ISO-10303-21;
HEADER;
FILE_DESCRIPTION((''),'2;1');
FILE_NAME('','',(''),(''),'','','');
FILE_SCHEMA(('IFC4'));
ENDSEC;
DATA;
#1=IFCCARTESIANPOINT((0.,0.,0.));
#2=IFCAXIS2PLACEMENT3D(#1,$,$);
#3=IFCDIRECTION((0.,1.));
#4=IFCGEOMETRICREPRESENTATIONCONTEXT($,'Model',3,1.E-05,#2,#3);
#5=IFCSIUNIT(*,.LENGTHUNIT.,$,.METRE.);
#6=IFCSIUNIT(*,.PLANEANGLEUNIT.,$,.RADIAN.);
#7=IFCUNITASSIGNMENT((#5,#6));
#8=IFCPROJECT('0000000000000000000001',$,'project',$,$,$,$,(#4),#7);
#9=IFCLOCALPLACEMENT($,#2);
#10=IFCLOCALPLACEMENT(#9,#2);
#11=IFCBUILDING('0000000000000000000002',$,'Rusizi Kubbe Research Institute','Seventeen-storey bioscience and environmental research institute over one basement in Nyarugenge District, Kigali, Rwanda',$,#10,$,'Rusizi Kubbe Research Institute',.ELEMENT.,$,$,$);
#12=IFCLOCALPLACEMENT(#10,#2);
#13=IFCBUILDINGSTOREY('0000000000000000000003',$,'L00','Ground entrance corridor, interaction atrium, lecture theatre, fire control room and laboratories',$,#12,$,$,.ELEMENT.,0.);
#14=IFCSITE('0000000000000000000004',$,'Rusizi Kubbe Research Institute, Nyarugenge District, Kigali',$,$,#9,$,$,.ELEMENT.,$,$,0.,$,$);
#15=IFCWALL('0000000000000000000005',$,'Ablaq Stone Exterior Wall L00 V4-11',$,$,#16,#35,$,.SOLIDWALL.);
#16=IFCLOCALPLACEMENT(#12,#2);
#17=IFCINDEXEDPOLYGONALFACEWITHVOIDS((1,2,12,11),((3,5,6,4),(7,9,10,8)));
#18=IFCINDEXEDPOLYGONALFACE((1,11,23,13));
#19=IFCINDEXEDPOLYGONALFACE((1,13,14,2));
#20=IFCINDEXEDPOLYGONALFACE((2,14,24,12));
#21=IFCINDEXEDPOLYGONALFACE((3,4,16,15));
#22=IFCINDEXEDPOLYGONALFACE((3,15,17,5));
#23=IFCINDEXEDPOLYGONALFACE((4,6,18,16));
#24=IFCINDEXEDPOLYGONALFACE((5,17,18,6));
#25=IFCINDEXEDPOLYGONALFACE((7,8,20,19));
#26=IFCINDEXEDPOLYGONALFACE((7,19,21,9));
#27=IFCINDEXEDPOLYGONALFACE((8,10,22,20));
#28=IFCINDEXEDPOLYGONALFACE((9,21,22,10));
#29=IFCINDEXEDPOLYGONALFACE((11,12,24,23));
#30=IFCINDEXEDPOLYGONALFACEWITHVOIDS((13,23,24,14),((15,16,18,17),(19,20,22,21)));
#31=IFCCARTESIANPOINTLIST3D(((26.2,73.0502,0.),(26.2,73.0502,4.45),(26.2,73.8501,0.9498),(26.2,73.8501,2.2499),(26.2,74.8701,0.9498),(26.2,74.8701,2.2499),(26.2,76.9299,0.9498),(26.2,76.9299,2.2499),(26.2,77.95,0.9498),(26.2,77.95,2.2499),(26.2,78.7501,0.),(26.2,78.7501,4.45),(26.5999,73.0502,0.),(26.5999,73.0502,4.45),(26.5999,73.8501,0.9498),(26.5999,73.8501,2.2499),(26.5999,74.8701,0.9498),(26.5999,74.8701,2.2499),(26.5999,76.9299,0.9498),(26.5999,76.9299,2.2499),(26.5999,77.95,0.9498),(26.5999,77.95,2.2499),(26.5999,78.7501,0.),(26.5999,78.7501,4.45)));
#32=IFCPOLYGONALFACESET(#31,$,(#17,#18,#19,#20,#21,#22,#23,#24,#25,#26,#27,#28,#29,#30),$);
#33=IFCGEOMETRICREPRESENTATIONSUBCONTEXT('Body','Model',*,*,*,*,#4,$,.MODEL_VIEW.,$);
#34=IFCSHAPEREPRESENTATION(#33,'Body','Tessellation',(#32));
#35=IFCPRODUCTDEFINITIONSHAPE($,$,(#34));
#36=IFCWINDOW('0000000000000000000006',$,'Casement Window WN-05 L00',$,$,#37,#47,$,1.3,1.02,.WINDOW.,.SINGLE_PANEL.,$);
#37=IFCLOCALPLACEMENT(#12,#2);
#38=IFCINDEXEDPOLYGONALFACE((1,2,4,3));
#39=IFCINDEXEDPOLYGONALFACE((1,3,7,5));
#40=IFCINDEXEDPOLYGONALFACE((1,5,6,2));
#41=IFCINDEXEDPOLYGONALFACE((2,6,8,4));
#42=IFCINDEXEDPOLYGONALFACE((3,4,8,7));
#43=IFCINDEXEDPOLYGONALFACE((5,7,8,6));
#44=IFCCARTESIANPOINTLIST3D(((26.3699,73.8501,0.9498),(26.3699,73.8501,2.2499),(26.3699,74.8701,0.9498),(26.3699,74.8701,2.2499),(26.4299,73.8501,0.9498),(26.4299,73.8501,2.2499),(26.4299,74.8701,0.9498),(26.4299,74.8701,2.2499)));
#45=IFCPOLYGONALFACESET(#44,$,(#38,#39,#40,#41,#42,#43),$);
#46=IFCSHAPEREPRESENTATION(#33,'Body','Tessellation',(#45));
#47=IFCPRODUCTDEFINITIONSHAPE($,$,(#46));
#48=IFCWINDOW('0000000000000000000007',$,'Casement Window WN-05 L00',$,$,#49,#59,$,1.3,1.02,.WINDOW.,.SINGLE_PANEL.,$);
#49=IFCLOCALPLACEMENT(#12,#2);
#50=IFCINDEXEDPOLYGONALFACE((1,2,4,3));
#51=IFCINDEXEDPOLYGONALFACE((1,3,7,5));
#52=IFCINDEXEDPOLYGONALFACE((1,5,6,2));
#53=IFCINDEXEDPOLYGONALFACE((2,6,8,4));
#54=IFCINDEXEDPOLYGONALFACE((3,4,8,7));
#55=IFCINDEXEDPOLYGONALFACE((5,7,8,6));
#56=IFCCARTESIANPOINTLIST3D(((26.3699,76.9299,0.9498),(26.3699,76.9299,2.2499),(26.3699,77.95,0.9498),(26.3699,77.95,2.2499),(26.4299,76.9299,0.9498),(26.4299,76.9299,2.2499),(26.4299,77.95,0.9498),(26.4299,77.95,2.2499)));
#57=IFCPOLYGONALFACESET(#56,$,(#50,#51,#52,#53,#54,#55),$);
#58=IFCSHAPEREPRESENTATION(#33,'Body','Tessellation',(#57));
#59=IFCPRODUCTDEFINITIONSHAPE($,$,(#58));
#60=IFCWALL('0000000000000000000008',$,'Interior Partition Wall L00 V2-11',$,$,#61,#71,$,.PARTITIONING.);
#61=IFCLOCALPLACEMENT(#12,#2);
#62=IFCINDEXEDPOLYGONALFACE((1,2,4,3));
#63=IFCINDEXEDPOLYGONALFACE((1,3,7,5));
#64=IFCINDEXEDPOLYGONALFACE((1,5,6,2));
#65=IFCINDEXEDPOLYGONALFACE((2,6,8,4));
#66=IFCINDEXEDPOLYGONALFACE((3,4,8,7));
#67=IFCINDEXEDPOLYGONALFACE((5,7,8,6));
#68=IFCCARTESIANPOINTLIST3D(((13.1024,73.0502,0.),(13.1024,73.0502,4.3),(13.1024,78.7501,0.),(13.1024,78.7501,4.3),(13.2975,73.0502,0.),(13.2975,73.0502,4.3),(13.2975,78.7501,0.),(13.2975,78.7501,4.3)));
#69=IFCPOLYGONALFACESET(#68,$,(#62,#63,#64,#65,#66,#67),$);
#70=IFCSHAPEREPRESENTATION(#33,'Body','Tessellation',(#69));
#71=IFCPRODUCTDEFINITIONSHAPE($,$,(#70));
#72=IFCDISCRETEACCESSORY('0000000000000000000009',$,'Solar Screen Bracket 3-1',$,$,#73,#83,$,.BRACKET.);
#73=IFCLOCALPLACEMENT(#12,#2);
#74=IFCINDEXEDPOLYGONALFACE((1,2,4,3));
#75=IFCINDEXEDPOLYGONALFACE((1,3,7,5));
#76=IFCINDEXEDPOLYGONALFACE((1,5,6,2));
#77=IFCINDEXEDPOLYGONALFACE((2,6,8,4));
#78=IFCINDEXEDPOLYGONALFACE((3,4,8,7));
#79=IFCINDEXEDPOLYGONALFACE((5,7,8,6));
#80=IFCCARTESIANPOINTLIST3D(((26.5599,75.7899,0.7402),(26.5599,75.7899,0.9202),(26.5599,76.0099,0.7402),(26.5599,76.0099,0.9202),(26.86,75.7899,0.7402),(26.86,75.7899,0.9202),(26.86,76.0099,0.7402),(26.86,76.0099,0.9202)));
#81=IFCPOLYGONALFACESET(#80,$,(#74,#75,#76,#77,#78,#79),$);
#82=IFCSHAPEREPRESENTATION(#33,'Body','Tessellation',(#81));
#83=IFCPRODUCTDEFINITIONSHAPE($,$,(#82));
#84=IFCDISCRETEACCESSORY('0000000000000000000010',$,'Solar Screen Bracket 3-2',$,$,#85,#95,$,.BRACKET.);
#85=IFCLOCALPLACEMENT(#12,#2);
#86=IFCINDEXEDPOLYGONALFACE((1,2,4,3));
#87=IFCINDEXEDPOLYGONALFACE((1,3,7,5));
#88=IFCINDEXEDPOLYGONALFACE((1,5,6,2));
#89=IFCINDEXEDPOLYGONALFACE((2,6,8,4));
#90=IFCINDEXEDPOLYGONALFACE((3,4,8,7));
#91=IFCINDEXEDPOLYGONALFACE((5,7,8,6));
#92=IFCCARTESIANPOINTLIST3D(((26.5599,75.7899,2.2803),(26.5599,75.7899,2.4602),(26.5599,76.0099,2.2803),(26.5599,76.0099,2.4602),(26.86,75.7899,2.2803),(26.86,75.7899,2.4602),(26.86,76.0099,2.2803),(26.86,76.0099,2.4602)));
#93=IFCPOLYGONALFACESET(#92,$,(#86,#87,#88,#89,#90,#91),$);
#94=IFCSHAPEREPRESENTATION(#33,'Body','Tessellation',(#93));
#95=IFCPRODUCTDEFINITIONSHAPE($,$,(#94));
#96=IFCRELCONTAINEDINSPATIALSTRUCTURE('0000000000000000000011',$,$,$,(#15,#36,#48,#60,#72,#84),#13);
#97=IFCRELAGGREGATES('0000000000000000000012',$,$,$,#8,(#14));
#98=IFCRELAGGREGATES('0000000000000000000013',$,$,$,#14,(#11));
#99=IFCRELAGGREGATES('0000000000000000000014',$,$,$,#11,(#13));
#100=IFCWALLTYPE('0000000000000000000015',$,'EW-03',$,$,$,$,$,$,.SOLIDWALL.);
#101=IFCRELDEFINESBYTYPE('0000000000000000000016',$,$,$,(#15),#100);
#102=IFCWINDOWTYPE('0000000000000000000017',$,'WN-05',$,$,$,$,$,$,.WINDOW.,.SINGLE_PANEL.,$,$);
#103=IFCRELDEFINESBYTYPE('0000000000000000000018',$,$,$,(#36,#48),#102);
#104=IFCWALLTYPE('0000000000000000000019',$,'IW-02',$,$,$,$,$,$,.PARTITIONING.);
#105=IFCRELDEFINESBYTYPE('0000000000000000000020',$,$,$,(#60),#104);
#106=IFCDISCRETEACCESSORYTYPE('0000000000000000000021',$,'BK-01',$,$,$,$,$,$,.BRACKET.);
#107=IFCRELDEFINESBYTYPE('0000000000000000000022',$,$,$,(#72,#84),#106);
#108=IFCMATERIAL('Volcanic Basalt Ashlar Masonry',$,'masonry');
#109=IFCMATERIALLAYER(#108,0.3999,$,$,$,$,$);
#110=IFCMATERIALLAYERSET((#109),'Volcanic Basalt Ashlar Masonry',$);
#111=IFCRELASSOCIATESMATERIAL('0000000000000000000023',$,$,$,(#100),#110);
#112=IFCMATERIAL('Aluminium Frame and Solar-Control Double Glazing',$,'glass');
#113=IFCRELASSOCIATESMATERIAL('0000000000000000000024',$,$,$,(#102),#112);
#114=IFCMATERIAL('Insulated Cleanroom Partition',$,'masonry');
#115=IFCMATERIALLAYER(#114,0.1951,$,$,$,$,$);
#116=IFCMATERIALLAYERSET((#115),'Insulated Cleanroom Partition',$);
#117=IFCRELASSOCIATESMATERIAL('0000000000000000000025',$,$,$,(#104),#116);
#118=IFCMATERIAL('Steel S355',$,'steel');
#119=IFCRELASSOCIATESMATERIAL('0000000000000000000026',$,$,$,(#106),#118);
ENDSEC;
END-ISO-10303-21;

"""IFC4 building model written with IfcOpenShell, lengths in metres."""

from ifc_helpers import new_model, si_unit, direction, frame, frame_2d, origin, origin_2d, place, context, subcontext, project, spatial, rectangle, extrude, material, layer, layer_set, type_object, element, fill, save


model = new_model("IFC4")

# Units and contexts
model_context = context("Model", 3, precision=1e-05, world=origin(), true_north=direction((0.0, 1.0)))
body_context = subcontext(model_context, "Body", "Model", "MODEL_VIEW")
ifc_project = project(units=[si_unit("LENGTHUNIT", "METRE"), si_unit("PLANEANGLEUNIT", "RADIAN")], contexts=[model_context])

# Site, building, storey
site_placement = place(None, origin())
site = spatial("IfcSite", under=ifc_project, at=site_placement, Name="Rusizi Kubbe Research Institute, Nyarugenge District, Kigali", CompositionType="ELEMENT", RefElevation=0.0)
building_placement = place(site_placement, origin())
building = spatial("IfcBuilding", under=site, at=building_placement, Name="Rusizi Kubbe Research Institute", Description="Seventeen-storey bioscience and environmental research institute over one basement in Nyarugenge District, Kigali, Rwanda", LongName="Rusizi Kubbe Research Institute", CompositionType="ELEMENT")
storey_placement = place(building_placement, origin())
storey = spatial("IfcBuildingStorey", under=building, at=storey_placement, Name="L00", Description="Ground entrance corridor, interaction atrium, lecture theatre, fire control room and laboratories", CompositionType="ELEMENT", Elevation=0.0)

# Wall, openings, windows
ifc_material_1 = material(Name="Volcanic Basalt Ashlar Masonry", Category="masonry")
ifc_layer_1 = layer(ifc_material_1, 0.3999)
ifc_layer_set_1 = layer_set([ifc_layer_1], Name="Volcanic Basalt Ashlar Masonry")
wall_type_1 = type_object("IfcWallType", Name="EW-03", PredefinedType="SOLIDWALL", material=ifc_layer_set_1)
wall_1_placement = place(storey_placement, frame((26.3999, 73.05, 0.0), z_axis=(0.0, 0.0, 1.0), x_axis=(0.0, 1.0, 0.0)))
wall_1 = element("IfcWall", 1, at=wall_1_placement, inside=storey, type_object=wall_type_1, Name="Ablaq Stone Exterior Wall L00 V4-11", PredefinedType="SOLIDWALL", context=body_context, shape_type="SweptSolid", body=[
    extrude(rectangle(XDim=5.7, YDim=0.3999, at=frame_2d((2.8501, 0.0))), origin(), (0.0, 0.0, 1.0), 4.45),
])
opening_1_placement = place(wall_1_placement, frame((0.8, 0.0, 0.95)))
opening_1 = element("IfcOpeningElement", 2, at=opening_1_placement, cuts=wall_1, PredefinedType="OPENING", context=body_context, shape_type="SweptSolid", body=[
    extrude(rectangle(XDim=1.02, YDim=1.3, at=frame_2d((0.51, 0.6499))), frame((0.0, 0.21, 0.0), z_axis=(0.0, -1.0, 0.0), x_axis=(1.0, 0.0, 0.0)), (0.0, 0.0, 1.0), 0.4199),
])
opening_2_placement = place(wall_1_placement, frame((3.8799, 0.0, 0.95)))
opening_2 = element("IfcOpeningElement", 3, at=opening_2_placement, cuts=wall_1, PredefinedType="OPENING", context=body_context, shape_type="SweptSolid", body=[
    extrude(rectangle(XDim=1.02, YDim=1.3, at=frame_2d((0.51, 0.6499))), frame((0.0, 0.21, 0.0), z_axis=(0.0, -1.0, 0.0), x_axis=(1.0, 0.0, 0.0)), (0.0, 0.0, 1.0), 0.4199),
])
ifc_material_2 = material(Name="Aluminium Frame and Solar-Control Double Glazing", Category="glass")
window_type = type_object("IfcWindowType", Name="WN-05", PartitioningType="SINGLE_PANEL", PredefinedType="WINDOW", material=ifc_material_2)
window_1_placement = place(opening_1_placement, origin())
window_1 = element("IfcWindow", 4, at=window_1_placement, inside=storey, type_object=window_type, Name="Casement Window WN-05 L00", OverallHeight=1.3, OverallWidth=1.02, PartitioningType="SINGLE_PANEL", PredefinedType="WINDOW", context=body_context, shape_type="SweptSolid", body=[
    extrude(rectangle(XDim=1.02, YDim=1.3, at=frame_2d((0.51, 0.6499))), frame((0.0, 0.03, 0.0), z_axis=(0.0, -1.0, 0.0), x_axis=(1.0, 0.0, 0.0)), (0.0, 0.0, 1.0), 0.0601),
])
fill(opening_1, window_1)
window_2_placement = place(opening_2_placement, origin())
window_2 = element("IfcWindow", 5, at=window_2_placement, inside=storey, type_object=window_type, Name="Casement Window WN-05 L00", OverallHeight=1.3, OverallWidth=1.02, PartitioningType="SINGLE_PANEL", PredefinedType="WINDOW", context=body_context, shape_type="SweptSolid", body=[
    extrude(rectangle(XDim=1.02, YDim=1.3, at=frame_2d((0.51, 0.6499))), frame((0.0, 0.03, 0.0), z_axis=(0.0, -1.0, 0.0), x_axis=(1.0, 0.0, 0.0)), (0.0, 0.0, 1.0), 0.0601),
])
fill(opening_2, window_2)

# Wall
ifc_material_3 = material(Name="Insulated Cleanroom Partition", Category="masonry")
ifc_layer_2 = layer(ifc_material_3, 0.1951)
ifc_layer_set_2 = layer_set([ifc_layer_2], Name="Insulated Cleanroom Partition")
wall_type_2 = type_object("IfcWallType", Name="IW-02", PredefinedType="PARTITIONING", material=ifc_layer_set_2)
wall_2_placement = place(storey_placement, frame((13.2, 73.05, 0.0), z_axis=(0.0, 0.0, 1.0), x_axis=(0.0, 1.0, 0.0)))
element("IfcWall", 6, at=wall_2_placement, inside=storey, type_object=wall_type_2, Name="Interior Partition Wall L00 V2-11", PredefinedType="PARTITIONING", context=body_context, shape_type="SweptSolid", body=[
    extrude(rectangle(XDim=5.7, YDim=0.1951, at=frame_2d((2.8501, 0.0))), origin(), (0.0, 0.0, 1.0), 4.3),
])

# Discrete accessories
ifc_material_4 = material(Name="Steel S355", Category="steel")
discrete_accessory_type = type_object("IfcDiscreteAccessoryType", Name="BK-01", PredefinedType="BRACKET", material=ifc_material_4)
for number, where, z_axis, x_axis, name in (
    (7, (26.71, 75.8999, 0.7402), (0.0, 0.0, 1.0), (1.0, 0.0, 0.0), "Solar Screen Bracket 3-1"),
    (8, (26.71, 75.8999, 2.2803), (0.0, 0.0, 1.0), (1.0, 0.0, 0.0), "Solar Screen Bracket 3-2"),
):
    element("IfcDiscreteAccessory", number, at=place(storey_placement, frame(where, z_axis=z_axis, x_axis=x_axis)), inside=storey, type_object=discrete_accessory_type, Name=name, PredefinedType="BRACKET", context=body_context, shape_type="SweptSolid", body=[
        extrude(rectangle(XDim=0.3, YDim=0.22, at=origin_2d()), origin(), (0.0, 0.0, 1.0), 0.1799),
    ])

save(model, "model.ifc")
